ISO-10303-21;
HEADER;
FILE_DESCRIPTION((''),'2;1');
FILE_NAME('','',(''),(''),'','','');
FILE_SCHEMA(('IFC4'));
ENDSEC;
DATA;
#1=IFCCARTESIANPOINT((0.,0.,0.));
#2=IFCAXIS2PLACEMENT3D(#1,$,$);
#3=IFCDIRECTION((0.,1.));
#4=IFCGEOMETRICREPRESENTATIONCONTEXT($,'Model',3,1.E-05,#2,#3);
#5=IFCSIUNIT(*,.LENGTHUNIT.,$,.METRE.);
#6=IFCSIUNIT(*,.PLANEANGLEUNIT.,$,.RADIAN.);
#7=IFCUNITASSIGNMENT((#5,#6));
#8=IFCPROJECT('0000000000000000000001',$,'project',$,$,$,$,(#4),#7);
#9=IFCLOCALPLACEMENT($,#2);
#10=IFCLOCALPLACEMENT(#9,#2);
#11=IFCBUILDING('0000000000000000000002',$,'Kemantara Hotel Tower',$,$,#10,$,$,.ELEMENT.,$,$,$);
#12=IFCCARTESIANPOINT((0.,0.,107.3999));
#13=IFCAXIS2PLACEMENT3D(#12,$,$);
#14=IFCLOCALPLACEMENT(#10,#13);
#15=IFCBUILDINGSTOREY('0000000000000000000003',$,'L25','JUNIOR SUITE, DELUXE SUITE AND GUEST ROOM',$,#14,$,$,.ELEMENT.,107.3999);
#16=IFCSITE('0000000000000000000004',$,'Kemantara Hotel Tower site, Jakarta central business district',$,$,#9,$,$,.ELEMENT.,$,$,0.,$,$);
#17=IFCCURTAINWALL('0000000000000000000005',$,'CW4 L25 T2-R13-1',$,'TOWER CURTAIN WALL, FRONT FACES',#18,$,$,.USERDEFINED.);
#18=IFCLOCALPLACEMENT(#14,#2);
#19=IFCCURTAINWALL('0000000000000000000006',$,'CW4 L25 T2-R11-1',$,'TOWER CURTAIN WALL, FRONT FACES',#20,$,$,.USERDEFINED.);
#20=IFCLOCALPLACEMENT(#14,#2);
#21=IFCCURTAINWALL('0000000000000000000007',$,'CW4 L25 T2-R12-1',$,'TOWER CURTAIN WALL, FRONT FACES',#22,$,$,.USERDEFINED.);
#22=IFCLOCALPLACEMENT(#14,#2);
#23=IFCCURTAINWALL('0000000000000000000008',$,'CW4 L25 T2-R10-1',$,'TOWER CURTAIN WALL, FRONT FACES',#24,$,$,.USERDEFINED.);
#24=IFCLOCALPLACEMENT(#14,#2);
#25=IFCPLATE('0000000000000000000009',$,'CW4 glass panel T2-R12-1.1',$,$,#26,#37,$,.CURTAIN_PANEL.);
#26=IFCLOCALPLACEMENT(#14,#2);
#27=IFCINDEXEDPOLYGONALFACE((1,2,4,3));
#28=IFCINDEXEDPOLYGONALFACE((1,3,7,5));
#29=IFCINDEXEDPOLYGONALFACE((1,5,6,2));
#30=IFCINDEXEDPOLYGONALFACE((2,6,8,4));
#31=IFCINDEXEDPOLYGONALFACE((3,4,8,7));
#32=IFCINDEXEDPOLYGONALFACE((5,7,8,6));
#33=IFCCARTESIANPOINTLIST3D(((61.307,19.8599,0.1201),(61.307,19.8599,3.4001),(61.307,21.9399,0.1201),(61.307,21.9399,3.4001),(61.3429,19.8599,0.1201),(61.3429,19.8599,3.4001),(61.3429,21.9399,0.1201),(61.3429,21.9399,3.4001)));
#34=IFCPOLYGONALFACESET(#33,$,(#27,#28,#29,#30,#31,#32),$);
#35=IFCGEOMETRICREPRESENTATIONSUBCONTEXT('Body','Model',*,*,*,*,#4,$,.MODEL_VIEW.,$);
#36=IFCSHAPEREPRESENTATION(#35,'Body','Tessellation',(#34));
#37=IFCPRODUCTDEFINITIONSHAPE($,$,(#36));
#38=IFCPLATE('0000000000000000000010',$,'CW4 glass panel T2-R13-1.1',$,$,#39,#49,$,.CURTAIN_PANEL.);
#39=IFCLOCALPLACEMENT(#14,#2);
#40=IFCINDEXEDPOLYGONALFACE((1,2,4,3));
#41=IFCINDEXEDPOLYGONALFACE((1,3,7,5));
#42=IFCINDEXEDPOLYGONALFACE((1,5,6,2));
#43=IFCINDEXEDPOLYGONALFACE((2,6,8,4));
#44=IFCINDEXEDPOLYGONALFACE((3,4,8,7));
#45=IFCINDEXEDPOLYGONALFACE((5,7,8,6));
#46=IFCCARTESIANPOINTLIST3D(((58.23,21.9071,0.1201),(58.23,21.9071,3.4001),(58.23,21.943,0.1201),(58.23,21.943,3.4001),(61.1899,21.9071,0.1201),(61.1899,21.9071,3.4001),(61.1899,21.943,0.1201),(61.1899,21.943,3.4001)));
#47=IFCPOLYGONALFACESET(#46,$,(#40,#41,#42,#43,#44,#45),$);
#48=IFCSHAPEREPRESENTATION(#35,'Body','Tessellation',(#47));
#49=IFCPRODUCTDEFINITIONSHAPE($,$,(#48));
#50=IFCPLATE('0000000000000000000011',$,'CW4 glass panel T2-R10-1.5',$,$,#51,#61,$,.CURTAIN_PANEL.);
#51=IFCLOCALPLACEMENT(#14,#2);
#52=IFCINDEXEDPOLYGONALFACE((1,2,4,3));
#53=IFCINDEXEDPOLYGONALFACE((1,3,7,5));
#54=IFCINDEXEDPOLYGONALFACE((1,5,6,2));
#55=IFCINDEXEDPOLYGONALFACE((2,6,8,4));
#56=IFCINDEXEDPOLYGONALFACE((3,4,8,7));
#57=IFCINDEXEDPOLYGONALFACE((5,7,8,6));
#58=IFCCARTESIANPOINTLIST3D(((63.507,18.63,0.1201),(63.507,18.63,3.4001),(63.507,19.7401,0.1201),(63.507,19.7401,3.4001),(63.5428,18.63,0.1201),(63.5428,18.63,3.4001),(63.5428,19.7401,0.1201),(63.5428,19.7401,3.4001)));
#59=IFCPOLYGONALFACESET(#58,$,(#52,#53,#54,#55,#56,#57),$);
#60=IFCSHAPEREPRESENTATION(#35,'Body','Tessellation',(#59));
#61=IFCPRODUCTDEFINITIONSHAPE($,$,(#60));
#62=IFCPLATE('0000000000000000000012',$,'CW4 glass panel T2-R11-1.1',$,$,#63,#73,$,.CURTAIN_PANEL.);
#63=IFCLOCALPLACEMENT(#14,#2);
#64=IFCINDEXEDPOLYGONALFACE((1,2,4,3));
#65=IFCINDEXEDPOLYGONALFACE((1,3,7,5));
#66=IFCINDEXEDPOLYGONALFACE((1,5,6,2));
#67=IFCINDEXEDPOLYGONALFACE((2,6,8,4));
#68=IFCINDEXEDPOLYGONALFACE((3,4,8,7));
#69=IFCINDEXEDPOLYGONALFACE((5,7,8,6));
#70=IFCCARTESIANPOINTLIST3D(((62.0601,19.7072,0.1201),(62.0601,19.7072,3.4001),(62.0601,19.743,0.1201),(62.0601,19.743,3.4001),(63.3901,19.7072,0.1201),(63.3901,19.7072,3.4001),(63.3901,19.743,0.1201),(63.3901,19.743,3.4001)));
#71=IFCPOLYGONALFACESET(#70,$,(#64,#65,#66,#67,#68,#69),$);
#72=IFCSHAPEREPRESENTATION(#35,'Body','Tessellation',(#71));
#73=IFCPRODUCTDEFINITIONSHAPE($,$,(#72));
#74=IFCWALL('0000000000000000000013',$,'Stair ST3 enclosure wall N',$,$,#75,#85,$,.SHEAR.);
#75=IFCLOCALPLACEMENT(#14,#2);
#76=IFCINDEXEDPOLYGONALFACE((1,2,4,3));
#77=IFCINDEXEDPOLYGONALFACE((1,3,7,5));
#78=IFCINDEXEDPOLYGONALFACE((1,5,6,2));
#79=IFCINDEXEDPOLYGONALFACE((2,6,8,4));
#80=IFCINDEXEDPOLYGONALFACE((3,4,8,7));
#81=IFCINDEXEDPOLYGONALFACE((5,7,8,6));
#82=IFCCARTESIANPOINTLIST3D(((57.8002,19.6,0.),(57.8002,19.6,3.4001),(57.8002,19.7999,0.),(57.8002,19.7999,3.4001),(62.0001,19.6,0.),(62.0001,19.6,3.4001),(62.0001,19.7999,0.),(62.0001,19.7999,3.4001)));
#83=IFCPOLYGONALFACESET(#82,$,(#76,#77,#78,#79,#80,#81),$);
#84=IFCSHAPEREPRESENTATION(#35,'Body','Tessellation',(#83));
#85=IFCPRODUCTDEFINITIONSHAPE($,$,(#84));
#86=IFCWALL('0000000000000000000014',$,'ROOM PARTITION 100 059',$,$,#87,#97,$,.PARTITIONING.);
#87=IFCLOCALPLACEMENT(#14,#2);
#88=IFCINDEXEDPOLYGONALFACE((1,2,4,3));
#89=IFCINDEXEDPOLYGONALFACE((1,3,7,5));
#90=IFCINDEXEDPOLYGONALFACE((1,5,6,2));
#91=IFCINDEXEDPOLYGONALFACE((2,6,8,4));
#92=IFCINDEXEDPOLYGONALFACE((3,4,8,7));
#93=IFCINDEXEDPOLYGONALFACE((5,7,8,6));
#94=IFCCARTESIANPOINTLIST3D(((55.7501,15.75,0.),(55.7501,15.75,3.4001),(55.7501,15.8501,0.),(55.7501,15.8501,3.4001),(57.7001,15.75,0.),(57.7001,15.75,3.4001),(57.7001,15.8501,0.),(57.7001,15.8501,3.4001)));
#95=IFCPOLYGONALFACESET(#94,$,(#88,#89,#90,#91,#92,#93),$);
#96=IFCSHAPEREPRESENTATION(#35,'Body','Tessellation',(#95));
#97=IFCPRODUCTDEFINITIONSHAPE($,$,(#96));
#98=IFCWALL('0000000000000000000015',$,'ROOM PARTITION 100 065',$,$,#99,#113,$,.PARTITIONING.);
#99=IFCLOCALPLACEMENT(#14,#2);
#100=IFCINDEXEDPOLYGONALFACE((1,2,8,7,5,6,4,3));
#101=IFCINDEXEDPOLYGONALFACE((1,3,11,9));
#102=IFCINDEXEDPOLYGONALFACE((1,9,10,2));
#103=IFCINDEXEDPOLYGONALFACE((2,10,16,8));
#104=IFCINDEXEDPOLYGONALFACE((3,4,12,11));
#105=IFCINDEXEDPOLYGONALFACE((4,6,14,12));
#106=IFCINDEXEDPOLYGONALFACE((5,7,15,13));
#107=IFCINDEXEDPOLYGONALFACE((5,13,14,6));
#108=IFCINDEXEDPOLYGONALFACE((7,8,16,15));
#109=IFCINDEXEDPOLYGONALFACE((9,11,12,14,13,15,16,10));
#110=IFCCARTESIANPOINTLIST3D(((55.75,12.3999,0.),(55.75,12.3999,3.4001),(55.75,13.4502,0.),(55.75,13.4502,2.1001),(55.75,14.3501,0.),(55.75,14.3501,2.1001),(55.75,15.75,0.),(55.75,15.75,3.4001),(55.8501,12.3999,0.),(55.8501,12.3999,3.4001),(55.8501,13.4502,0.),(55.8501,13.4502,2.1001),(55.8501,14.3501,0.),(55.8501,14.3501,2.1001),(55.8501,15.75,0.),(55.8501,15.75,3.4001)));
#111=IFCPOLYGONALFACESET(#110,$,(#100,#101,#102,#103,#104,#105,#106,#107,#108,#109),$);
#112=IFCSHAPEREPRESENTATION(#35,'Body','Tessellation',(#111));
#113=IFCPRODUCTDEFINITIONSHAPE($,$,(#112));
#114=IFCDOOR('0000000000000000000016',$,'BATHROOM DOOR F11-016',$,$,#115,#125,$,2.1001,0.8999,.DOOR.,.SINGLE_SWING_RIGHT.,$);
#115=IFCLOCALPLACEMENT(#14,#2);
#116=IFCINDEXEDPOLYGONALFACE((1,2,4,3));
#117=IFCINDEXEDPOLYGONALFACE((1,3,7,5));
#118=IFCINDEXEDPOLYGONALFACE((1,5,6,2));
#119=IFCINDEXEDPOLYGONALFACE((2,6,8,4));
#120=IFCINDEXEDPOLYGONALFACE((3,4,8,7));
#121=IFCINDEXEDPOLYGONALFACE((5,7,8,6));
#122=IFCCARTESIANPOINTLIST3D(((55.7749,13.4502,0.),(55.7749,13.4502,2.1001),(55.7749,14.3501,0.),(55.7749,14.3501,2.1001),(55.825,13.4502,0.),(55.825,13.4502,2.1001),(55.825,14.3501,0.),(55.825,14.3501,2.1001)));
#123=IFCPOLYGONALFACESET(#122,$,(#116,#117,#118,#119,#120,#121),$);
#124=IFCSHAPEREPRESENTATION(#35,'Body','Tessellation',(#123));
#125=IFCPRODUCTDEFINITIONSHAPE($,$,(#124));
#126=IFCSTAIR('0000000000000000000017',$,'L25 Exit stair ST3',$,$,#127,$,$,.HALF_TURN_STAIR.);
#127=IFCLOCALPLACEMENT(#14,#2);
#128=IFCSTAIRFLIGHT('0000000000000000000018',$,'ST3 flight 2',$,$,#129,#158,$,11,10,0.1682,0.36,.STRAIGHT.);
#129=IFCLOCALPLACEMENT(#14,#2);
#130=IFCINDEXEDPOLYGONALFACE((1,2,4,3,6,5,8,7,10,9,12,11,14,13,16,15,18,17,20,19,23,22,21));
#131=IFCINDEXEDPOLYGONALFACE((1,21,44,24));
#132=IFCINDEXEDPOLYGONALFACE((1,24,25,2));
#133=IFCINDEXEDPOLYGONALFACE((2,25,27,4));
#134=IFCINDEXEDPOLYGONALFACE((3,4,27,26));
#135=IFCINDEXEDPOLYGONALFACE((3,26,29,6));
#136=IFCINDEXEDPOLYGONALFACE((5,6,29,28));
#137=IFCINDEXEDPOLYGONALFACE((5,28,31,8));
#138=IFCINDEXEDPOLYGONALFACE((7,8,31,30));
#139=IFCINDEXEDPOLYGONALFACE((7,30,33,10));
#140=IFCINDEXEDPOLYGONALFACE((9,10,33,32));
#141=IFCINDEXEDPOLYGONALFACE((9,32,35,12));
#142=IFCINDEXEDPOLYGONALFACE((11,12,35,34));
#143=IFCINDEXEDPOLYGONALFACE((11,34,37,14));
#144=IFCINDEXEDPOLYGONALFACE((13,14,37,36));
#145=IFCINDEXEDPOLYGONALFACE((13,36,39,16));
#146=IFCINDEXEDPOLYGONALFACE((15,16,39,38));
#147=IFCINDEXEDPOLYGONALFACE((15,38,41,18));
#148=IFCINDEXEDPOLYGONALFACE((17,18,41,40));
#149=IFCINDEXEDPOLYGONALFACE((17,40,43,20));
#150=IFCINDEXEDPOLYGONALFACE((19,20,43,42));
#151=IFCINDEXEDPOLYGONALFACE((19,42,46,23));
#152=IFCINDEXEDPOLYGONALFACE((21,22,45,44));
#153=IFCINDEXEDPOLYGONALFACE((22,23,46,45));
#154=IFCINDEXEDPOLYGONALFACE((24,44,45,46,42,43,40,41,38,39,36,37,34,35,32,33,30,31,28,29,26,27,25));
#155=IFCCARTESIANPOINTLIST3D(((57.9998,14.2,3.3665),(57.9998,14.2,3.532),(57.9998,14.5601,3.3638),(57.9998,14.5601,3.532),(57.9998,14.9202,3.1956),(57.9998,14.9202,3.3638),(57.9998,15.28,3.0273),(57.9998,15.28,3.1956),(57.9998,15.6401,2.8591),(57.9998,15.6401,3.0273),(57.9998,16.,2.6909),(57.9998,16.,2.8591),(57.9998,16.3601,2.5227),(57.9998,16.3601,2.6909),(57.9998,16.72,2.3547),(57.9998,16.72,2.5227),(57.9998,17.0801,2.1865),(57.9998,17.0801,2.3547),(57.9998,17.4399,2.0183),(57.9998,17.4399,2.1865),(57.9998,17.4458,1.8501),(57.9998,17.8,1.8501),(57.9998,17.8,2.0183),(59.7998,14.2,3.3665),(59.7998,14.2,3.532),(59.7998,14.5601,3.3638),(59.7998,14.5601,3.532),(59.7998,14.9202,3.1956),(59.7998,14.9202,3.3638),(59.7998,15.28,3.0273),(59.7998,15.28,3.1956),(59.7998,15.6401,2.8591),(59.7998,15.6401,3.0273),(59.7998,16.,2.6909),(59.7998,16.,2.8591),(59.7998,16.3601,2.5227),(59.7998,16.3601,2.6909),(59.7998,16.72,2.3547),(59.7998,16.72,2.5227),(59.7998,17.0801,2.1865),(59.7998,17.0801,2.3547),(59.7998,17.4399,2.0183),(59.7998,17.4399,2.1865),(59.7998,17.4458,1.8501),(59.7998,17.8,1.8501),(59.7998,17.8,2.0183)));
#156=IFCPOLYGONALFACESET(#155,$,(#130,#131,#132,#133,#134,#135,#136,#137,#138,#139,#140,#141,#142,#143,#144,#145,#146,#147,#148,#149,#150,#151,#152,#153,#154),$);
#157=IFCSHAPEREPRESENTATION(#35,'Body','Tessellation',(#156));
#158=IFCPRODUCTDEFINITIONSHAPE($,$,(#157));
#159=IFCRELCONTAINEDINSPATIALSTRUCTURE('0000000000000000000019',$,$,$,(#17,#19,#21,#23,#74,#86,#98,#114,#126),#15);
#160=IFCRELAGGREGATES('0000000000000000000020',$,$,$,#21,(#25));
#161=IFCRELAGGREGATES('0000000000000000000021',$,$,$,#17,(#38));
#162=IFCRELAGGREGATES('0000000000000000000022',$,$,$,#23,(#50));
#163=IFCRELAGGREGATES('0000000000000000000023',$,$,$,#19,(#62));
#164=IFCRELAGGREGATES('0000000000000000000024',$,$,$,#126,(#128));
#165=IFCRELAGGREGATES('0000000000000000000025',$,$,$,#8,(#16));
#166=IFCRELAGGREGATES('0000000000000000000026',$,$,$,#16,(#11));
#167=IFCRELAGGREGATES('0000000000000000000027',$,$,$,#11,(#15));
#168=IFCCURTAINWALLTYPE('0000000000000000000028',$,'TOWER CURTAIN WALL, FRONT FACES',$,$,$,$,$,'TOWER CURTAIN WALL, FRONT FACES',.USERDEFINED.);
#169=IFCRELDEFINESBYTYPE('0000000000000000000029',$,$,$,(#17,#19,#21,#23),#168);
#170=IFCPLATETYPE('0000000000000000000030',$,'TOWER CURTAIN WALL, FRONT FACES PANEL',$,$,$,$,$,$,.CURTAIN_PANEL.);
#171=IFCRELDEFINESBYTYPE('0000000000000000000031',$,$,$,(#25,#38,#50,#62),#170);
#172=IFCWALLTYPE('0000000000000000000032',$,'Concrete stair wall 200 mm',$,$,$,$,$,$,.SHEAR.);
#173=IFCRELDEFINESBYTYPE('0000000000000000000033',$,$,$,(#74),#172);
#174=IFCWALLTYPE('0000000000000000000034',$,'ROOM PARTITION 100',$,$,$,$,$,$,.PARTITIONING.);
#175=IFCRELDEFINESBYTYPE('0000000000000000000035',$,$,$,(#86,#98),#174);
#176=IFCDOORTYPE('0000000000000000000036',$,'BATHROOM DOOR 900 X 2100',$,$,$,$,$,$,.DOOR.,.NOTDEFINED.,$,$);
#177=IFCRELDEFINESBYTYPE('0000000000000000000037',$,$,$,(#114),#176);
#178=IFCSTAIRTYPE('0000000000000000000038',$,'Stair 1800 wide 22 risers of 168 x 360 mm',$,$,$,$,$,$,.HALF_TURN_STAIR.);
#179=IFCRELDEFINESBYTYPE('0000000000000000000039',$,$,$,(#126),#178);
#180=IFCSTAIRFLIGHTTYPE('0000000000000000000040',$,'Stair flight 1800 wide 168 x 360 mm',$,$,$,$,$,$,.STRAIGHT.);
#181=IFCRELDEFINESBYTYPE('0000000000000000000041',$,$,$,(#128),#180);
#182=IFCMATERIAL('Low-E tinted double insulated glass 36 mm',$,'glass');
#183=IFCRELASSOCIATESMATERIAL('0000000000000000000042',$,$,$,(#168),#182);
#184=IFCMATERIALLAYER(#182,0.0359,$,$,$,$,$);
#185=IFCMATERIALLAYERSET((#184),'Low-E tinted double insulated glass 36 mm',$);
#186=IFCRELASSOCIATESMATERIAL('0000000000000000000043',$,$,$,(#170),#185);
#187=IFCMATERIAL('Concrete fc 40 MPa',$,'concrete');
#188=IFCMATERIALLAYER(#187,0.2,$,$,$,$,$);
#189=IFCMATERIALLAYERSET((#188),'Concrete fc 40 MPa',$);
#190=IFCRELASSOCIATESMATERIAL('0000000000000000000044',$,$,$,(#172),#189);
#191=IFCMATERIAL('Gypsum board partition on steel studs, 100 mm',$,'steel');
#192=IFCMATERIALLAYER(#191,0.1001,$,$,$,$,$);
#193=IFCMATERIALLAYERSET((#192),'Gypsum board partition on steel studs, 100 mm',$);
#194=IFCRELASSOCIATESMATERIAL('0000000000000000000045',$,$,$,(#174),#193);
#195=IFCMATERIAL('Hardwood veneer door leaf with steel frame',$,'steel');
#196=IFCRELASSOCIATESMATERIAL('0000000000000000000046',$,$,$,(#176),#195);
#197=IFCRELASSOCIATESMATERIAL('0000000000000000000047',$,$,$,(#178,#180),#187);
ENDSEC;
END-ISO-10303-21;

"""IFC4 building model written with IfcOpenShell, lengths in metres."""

from ifc_helpers import new_model, si_unit, direction, frame, frame_2d, origin, origin_2d, place, context, subcontext, project, spatial, polyline, rectangle, outline, extrude, source, transform, mapped, material, layer, layer_set, type_object, element, fill, aggregate, save


model = new_model("IFC4")

# Units and contexts
model_context = context("Model", 3, precision=1e-05, world=origin(), true_north=direction((0.0, 1.0)))
body_context = subcontext(model_context, "Body", "Model", "MODEL_VIEW")
ifc_project = project(units=[si_unit("LENGTHUNIT", "METRE"), si_unit("PLANEANGLEUNIT", "RADIAN")], contexts=[model_context])

# Site, building, storey
site_placement = place(None, origin())
site = spatial("IfcSite", under=ifc_project, at=site_placement, Name="Kemantara Hotel Tower site, Jakarta central business district", CompositionType="ELEMENT", RefElevation=0.0)
building_placement = place(site_placement, origin())
building = spatial("IfcBuilding", under=site, at=building_placement, Name="Kemantara Hotel Tower", CompositionType="ELEMENT")
storey_placement = place(building_placement, frame((0.0, 0.0, 107.3999)))
storey = spatial("IfcBuildingStorey", under=building, at=storey_placement, Name="L25", Description="JUNIOR SUITE, DELUXE SUITE AND GUEST ROOM", CompositionType="ELEMENT", Elevation=107.3999)

# Curtain walls
ifc_material_1 = material(Name="Low-E tinted double insulated glass 36 mm", Category="glass")
curtain_wall_type = type_object("IfcCurtainWallType", Name="TOWER CURTAIN WALL, FRONT FACES", ElementType="TOWER CURTAIN WALL, FRONT FACES", PredefinedType="USERDEFINED", material=ifc_material_1)
curtain_wall_1_placement = place(storey_placement, origin())
curtain_wall_1 = element("IfcCurtainWall", 1, at=curtain_wall_1_placement, inside=storey, type_object=curtain_wall_type, Name="CW4 L25 T2-R13-1", ObjectType="TOWER CURTAIN WALL, FRONT FACES", PredefinedType="USERDEFINED")
curtain_wall_2_placement = place(storey_placement, origin())
curtain_wall_2 = element("IfcCurtainWall", 2, at=curtain_wall_2_placement, inside=storey, type_object=curtain_wall_type, Name="CW4 L25 T2-R11-1", ObjectType="TOWER CURTAIN WALL, FRONT FACES", PredefinedType="USERDEFINED")
curtain_wall_3_placement = place(storey_placement, origin())
curtain_wall_3 = element("IfcCurtainWall", 3, at=curtain_wall_3_placement, inside=storey, type_object=curtain_wall_type, Name="CW4 L25 T2-R12-1", ObjectType="TOWER CURTAIN WALL, FRONT FACES", PredefinedType="USERDEFINED")

# Curtain wall
curtain_wall_4_placement = place(storey_placement, origin())
curtain_wall_4 = element("IfcCurtainWall", 4, at=curtain_wall_4_placement, inside=storey, type_object=curtain_wall_type, Name="CW4 L25 T2-R10-1", ObjectType="TOWER CURTAIN WALL, FRONT FACES", PredefinedType="USERDEFINED")

# Plates
ifc_layer_1 = layer(ifc_material_1, 0.0359)
ifc_layer_set_1 = layer_set([ifc_layer_1], Name="Low-E tinted double insulated glass 36 mm")
plate_type = type_object("IfcPlateType", Name="TOWER CURTAIN WALL, FRONT FACES PANEL", PredefinedType="CURTAIN_PANEL", material=ifc_layer_set_1)
shared_shape_1 = source(origin(), body_context, "Body", "SweptSolid", [
    extrude(rectangle(XDim=2.0801, YDim=0.0359, at=origin_2d()), origin(), (0.0, 0.0, 1.0), 3.28),
])
plate_1_placement = place(storey_placement, frame((61.325, 20.8999, 0.1201), z_axis=(0.0, 0.0, 1.0), x_axis=(0.0, 1.0, 0.0)))
plate_1 = element("IfcPlate", 5, at=plate_1_placement, type_object=plate_type, Name="CW4 glass panel T2-R12-1.1", PredefinedType="CURTAIN_PANEL", context=body_context, shape_type="MappedRepresentation", body=[
    mapped(shared_shape_1, transform((0.0, 0.0, 0.0))),
])
aggregate(curtain_wall_3, [plate_1])
shared_shape_2 = source(origin(), body_context, "Body", "SweptSolid", [
    extrude(rectangle(XDim=2.96, YDim=0.0359, at=origin_2d()), origin(), (0.0, 0.0, 1.0), 3.28),
])
plate_2_placement = place(storey_placement, frame((59.71, 21.925, 0.1201), z_axis=(0.0, 0.0, 1.0), x_axis=(-1.0, 0.0, 0.0)))
plate_2 = element("IfcPlate", 6, at=plate_2_placement, type_object=plate_type, Name="CW4 glass panel T2-R13-1.1", PredefinedType="CURTAIN_PANEL", context=body_context, shape_type="MappedRepresentation", body=[
    mapped(shared_shape_2, transform((0.0, 0.0, 0.0))),
])
aggregate(curtain_wall_1, [plate_2])
shared_shape_3 = source(origin(), body_context, "Body", "SweptSolid", [
    extrude(rectangle(XDim=1.1101, YDim=0.0359, at=origin_2d()), origin(), (0.0, 0.0, 1.0), 3.28),
])
plate_3_placement = place(storey_placement, frame((63.5249, 19.1851, 0.1201), z_axis=(0.0, 0.0, 1.0), x_axis=(0.0, 1.0, 0.0)))
plate_3 = element("IfcPlate", 7, at=plate_3_placement, type_object=plate_type, Name="CW4 glass panel T2-R10-1.5", PredefinedType="CURTAIN_PANEL", context=body_context, shape_type="MappedRepresentation", body=[
    mapped(shared_shape_3, transform((0.0, 0.0, 0.0))),
])
aggregate(curtain_wall_4, [plate_3])
shared_shape_4 = source(origin(), body_context, "Body", "SweptSolid", [
    extrude(rectangle(XDim=1.3301, YDim=0.0359, at=origin_2d()), origin(), (0.0, 0.0, 1.0), 3.28),
])
plate_4_placement = place(storey_placement, frame((62.7251, 19.7251, 0.1201), z_axis=(0.0, 0.0, 1.0), x_axis=(-1.0, 0.0, 0.0)))
plate_4 = element("IfcPlate", 8, at=plate_4_placement, type_object=plate_type, Name="CW4 glass panel T2-R11-1.1", PredefinedType="CURTAIN_PANEL", context=body_context, shape_type="MappedRepresentation", body=[
    mapped(shared_shape_4, transform((0.0, 0.0, 0.0))),
])
aggregate(curtain_wall_2, [plate_4])

# Walls
ifc_material_2 = material(Name="Concrete fc 40 MPa", Category="concrete")
ifc_layer_2 = layer(ifc_material_2, 0.2)
ifc_layer_set_2 = layer_set([ifc_layer_2], Name="Concrete fc 40 MPa")
wall_type_1 = type_object("IfcWallType", Name="Concrete stair wall 200 mm", PredefinedType="SHEAR", material=ifc_layer_set_2)
wall_1_placement = place(storey_placement, frame((57.8, 19.7, 0.0), z_axis=(0.0, 0.0, 1.0), x_axis=(1.0, 0.0, 0.0)))
element("IfcWall", 9, at=wall_1_placement, inside=storey, type_object=wall_type_1, Name="Stair ST3 enclosure wall N", PredefinedType="SHEAR", context=body_context, shape_type="SweptSolid", body=[
    extrude(rectangle(XDim=4.2, YDim=0.2, at=frame_2d((2.1001, 0.0))), origin(), (0.0, 0.0, 1.0), 3.4001),
])
ifc_material_3 = material(Name="Gypsum board partition on steel studs, 100 mm", Category="steel")
ifc_layer_3 = layer(ifc_material_3, 0.1001)
ifc_layer_set_3 = layer_set([ifc_layer_3], Name="Gypsum board partition on steel studs, 100 mm")
wall_type_2 = type_object("IfcWallType", Name="ROOM PARTITION 100", PredefinedType="PARTITIONING", material=ifc_layer_set_3)
wall_2_placement = place(storey_placement, frame((55.75, 15.8, 0.0), z_axis=(0.0, 0.0, 1.0), x_axis=(1.0, 0.0, 0.0)))
element("IfcWall", 10, at=wall_2_placement, inside=storey, type_object=wall_type_2, Name="ROOM PARTITION 100 059", PredefinedType="PARTITIONING", context=body_context, shape_type="SweptSolid", body=[
    extrude(rectangle(XDim=1.95, YDim=0.1001, at=frame_2d((0.9751, 0.0))), origin(), (0.0, 0.0, 1.0), 3.4001),
])

# Wall, opening, door
wall_3_placement = place(storey_placement, frame((55.8, 15.75, 0.0), z_axis=(0.0, 0.0, 1.0), x_axis=(0.0, -1.0, 0.0)))
wall_3 = element("IfcWall", 11, at=wall_3_placement, inside=storey, type_object=wall_type_2, Name="ROOM PARTITION 100 065", PredefinedType="PARTITIONING", context=body_context, shape_type="SweptSolid", body=[
    extrude(rectangle(XDim=3.3501, YDim=0.1001, at=frame_2d((1.675, 0.0))), origin(), (0.0, 0.0, 1.0), 3.4001),
])
opening_placement = place(wall_3_placement, frame((1.3999, 0.0, 0.0)))
opening = element("IfcOpeningElement", 12, at=opening_placement, cuts=wall_3, PredefinedType="OPENING", context=body_context, shape_type="SweptSolid", body=[
    extrude(rectangle(XDim=0.8999, YDim=2.1001, at=frame_2d((0.45, 1.05))), frame((0.0, 0.0601, 0.0), z_axis=(0.0, -1.0, 0.0), x_axis=(1.0, 0.0, 0.0)), (0.0, 0.0, 1.0), 0.1201),
])
ifc_material_4 = material(Name="Hardwood veneer door leaf with steel frame", Category="steel")
door_type = type_object("IfcDoorType", Name="BATHROOM DOOR 900 X 2100", OperationType="NOTDEFINED", PredefinedType="DOOR", material=ifc_material_4)
door_placement = place(opening_placement, origin())
door = element("IfcDoor", 13, at=door_placement, inside=storey, type_object=door_type, Name="BATHROOM DOOR F11-016", OperationType="SINGLE_SWING_RIGHT", OverallHeight=2.1001, OverallWidth=0.8999, PredefinedType="DOOR", context=body_context, shape_type="SweptSolid", body=[
    extrude(rectangle(XDim=0.8999, YDim=2.1001, at=frame_2d((0.45, 1.05))), frame((0.0, 0.0249, 0.0), z_axis=(0.0, -1.0, 0.0), x_axis=(1.0, 0.0, 0.0)), (0.0, 0.0, 1.0), 0.05),
])
fill(opening, door)

# Stair, stair flight
stair_type = type_object("IfcStairType", Name="Stair 1800 wide 22 risers of 168 x 360 mm", PredefinedType="HALF_TURN_STAIR", material=ifc_material_2)
stair_placement = place(storey_placement, origin())
stair = element("IfcStair", 14, at=stair_placement, inside=storey, type_object=stair_type, Name="L25 Exit stair ST3", PredefinedType="HALF_TURN_STAIR")
stair_flight_type = type_object("IfcStairFlightType", Name="Stair flight 1800 wide 168 x 360 mm", PredefinedType="STRAIGHT", material=ifc_material_2)
stair_flight_placement = place(storey_placement, frame((58.8999, 17.8, 1.8501), z_axis=(0.0, 0.0, 1.0), x_axis=(0.0, -1.0, 0.0)))
stair_flight = element("IfcStairFlight", 15, at=stair_flight_placement, type_object=stair_flight_type, Name="ST3 flight 2", NumberOfRisers=11, NumberOfTreads=10, PredefinedType="STRAIGHT", RiserHeight=0.1682, TreadLength=0.36, context=body_context, shape_type="SweptSolid", body=[
    extrude(outline(polyline([(0.0, 0.0), (0.0, 0.1682), (0.3601, 0.1682), (0.3601, 0.3364), (0.72, 0.3364), (0.72, 0.5046), (1.0801, 0.5046), (1.0801, 0.6726), (1.4399, 0.6726), (1.4399, 0.8408), (1.8, 0.8408), (1.8, 1.009), (2.1599, 1.009), (2.1599, 1.1772), (2.52, 1.1772), (2.52, 1.3455), (2.8799, 1.3455), (2.8799, 1.5137), (3.24, 1.5137), (3.24, 1.6819), (3.6001, 1.6819), (3.6001, 1.8501), (3.6001, 1.5164), (0.3542, 0.0), (0.0, 0.0)])), frame((0.0, 0.8999, 0.0), z_axis=(0.0, -1.0, 0.0), x_axis=(1.0, 0.0, 0.0)), (0.0, 0.0, 1.0), 1.8),
])
aggregate(stair, [stair_flight])

save(model, "model.ifc")
